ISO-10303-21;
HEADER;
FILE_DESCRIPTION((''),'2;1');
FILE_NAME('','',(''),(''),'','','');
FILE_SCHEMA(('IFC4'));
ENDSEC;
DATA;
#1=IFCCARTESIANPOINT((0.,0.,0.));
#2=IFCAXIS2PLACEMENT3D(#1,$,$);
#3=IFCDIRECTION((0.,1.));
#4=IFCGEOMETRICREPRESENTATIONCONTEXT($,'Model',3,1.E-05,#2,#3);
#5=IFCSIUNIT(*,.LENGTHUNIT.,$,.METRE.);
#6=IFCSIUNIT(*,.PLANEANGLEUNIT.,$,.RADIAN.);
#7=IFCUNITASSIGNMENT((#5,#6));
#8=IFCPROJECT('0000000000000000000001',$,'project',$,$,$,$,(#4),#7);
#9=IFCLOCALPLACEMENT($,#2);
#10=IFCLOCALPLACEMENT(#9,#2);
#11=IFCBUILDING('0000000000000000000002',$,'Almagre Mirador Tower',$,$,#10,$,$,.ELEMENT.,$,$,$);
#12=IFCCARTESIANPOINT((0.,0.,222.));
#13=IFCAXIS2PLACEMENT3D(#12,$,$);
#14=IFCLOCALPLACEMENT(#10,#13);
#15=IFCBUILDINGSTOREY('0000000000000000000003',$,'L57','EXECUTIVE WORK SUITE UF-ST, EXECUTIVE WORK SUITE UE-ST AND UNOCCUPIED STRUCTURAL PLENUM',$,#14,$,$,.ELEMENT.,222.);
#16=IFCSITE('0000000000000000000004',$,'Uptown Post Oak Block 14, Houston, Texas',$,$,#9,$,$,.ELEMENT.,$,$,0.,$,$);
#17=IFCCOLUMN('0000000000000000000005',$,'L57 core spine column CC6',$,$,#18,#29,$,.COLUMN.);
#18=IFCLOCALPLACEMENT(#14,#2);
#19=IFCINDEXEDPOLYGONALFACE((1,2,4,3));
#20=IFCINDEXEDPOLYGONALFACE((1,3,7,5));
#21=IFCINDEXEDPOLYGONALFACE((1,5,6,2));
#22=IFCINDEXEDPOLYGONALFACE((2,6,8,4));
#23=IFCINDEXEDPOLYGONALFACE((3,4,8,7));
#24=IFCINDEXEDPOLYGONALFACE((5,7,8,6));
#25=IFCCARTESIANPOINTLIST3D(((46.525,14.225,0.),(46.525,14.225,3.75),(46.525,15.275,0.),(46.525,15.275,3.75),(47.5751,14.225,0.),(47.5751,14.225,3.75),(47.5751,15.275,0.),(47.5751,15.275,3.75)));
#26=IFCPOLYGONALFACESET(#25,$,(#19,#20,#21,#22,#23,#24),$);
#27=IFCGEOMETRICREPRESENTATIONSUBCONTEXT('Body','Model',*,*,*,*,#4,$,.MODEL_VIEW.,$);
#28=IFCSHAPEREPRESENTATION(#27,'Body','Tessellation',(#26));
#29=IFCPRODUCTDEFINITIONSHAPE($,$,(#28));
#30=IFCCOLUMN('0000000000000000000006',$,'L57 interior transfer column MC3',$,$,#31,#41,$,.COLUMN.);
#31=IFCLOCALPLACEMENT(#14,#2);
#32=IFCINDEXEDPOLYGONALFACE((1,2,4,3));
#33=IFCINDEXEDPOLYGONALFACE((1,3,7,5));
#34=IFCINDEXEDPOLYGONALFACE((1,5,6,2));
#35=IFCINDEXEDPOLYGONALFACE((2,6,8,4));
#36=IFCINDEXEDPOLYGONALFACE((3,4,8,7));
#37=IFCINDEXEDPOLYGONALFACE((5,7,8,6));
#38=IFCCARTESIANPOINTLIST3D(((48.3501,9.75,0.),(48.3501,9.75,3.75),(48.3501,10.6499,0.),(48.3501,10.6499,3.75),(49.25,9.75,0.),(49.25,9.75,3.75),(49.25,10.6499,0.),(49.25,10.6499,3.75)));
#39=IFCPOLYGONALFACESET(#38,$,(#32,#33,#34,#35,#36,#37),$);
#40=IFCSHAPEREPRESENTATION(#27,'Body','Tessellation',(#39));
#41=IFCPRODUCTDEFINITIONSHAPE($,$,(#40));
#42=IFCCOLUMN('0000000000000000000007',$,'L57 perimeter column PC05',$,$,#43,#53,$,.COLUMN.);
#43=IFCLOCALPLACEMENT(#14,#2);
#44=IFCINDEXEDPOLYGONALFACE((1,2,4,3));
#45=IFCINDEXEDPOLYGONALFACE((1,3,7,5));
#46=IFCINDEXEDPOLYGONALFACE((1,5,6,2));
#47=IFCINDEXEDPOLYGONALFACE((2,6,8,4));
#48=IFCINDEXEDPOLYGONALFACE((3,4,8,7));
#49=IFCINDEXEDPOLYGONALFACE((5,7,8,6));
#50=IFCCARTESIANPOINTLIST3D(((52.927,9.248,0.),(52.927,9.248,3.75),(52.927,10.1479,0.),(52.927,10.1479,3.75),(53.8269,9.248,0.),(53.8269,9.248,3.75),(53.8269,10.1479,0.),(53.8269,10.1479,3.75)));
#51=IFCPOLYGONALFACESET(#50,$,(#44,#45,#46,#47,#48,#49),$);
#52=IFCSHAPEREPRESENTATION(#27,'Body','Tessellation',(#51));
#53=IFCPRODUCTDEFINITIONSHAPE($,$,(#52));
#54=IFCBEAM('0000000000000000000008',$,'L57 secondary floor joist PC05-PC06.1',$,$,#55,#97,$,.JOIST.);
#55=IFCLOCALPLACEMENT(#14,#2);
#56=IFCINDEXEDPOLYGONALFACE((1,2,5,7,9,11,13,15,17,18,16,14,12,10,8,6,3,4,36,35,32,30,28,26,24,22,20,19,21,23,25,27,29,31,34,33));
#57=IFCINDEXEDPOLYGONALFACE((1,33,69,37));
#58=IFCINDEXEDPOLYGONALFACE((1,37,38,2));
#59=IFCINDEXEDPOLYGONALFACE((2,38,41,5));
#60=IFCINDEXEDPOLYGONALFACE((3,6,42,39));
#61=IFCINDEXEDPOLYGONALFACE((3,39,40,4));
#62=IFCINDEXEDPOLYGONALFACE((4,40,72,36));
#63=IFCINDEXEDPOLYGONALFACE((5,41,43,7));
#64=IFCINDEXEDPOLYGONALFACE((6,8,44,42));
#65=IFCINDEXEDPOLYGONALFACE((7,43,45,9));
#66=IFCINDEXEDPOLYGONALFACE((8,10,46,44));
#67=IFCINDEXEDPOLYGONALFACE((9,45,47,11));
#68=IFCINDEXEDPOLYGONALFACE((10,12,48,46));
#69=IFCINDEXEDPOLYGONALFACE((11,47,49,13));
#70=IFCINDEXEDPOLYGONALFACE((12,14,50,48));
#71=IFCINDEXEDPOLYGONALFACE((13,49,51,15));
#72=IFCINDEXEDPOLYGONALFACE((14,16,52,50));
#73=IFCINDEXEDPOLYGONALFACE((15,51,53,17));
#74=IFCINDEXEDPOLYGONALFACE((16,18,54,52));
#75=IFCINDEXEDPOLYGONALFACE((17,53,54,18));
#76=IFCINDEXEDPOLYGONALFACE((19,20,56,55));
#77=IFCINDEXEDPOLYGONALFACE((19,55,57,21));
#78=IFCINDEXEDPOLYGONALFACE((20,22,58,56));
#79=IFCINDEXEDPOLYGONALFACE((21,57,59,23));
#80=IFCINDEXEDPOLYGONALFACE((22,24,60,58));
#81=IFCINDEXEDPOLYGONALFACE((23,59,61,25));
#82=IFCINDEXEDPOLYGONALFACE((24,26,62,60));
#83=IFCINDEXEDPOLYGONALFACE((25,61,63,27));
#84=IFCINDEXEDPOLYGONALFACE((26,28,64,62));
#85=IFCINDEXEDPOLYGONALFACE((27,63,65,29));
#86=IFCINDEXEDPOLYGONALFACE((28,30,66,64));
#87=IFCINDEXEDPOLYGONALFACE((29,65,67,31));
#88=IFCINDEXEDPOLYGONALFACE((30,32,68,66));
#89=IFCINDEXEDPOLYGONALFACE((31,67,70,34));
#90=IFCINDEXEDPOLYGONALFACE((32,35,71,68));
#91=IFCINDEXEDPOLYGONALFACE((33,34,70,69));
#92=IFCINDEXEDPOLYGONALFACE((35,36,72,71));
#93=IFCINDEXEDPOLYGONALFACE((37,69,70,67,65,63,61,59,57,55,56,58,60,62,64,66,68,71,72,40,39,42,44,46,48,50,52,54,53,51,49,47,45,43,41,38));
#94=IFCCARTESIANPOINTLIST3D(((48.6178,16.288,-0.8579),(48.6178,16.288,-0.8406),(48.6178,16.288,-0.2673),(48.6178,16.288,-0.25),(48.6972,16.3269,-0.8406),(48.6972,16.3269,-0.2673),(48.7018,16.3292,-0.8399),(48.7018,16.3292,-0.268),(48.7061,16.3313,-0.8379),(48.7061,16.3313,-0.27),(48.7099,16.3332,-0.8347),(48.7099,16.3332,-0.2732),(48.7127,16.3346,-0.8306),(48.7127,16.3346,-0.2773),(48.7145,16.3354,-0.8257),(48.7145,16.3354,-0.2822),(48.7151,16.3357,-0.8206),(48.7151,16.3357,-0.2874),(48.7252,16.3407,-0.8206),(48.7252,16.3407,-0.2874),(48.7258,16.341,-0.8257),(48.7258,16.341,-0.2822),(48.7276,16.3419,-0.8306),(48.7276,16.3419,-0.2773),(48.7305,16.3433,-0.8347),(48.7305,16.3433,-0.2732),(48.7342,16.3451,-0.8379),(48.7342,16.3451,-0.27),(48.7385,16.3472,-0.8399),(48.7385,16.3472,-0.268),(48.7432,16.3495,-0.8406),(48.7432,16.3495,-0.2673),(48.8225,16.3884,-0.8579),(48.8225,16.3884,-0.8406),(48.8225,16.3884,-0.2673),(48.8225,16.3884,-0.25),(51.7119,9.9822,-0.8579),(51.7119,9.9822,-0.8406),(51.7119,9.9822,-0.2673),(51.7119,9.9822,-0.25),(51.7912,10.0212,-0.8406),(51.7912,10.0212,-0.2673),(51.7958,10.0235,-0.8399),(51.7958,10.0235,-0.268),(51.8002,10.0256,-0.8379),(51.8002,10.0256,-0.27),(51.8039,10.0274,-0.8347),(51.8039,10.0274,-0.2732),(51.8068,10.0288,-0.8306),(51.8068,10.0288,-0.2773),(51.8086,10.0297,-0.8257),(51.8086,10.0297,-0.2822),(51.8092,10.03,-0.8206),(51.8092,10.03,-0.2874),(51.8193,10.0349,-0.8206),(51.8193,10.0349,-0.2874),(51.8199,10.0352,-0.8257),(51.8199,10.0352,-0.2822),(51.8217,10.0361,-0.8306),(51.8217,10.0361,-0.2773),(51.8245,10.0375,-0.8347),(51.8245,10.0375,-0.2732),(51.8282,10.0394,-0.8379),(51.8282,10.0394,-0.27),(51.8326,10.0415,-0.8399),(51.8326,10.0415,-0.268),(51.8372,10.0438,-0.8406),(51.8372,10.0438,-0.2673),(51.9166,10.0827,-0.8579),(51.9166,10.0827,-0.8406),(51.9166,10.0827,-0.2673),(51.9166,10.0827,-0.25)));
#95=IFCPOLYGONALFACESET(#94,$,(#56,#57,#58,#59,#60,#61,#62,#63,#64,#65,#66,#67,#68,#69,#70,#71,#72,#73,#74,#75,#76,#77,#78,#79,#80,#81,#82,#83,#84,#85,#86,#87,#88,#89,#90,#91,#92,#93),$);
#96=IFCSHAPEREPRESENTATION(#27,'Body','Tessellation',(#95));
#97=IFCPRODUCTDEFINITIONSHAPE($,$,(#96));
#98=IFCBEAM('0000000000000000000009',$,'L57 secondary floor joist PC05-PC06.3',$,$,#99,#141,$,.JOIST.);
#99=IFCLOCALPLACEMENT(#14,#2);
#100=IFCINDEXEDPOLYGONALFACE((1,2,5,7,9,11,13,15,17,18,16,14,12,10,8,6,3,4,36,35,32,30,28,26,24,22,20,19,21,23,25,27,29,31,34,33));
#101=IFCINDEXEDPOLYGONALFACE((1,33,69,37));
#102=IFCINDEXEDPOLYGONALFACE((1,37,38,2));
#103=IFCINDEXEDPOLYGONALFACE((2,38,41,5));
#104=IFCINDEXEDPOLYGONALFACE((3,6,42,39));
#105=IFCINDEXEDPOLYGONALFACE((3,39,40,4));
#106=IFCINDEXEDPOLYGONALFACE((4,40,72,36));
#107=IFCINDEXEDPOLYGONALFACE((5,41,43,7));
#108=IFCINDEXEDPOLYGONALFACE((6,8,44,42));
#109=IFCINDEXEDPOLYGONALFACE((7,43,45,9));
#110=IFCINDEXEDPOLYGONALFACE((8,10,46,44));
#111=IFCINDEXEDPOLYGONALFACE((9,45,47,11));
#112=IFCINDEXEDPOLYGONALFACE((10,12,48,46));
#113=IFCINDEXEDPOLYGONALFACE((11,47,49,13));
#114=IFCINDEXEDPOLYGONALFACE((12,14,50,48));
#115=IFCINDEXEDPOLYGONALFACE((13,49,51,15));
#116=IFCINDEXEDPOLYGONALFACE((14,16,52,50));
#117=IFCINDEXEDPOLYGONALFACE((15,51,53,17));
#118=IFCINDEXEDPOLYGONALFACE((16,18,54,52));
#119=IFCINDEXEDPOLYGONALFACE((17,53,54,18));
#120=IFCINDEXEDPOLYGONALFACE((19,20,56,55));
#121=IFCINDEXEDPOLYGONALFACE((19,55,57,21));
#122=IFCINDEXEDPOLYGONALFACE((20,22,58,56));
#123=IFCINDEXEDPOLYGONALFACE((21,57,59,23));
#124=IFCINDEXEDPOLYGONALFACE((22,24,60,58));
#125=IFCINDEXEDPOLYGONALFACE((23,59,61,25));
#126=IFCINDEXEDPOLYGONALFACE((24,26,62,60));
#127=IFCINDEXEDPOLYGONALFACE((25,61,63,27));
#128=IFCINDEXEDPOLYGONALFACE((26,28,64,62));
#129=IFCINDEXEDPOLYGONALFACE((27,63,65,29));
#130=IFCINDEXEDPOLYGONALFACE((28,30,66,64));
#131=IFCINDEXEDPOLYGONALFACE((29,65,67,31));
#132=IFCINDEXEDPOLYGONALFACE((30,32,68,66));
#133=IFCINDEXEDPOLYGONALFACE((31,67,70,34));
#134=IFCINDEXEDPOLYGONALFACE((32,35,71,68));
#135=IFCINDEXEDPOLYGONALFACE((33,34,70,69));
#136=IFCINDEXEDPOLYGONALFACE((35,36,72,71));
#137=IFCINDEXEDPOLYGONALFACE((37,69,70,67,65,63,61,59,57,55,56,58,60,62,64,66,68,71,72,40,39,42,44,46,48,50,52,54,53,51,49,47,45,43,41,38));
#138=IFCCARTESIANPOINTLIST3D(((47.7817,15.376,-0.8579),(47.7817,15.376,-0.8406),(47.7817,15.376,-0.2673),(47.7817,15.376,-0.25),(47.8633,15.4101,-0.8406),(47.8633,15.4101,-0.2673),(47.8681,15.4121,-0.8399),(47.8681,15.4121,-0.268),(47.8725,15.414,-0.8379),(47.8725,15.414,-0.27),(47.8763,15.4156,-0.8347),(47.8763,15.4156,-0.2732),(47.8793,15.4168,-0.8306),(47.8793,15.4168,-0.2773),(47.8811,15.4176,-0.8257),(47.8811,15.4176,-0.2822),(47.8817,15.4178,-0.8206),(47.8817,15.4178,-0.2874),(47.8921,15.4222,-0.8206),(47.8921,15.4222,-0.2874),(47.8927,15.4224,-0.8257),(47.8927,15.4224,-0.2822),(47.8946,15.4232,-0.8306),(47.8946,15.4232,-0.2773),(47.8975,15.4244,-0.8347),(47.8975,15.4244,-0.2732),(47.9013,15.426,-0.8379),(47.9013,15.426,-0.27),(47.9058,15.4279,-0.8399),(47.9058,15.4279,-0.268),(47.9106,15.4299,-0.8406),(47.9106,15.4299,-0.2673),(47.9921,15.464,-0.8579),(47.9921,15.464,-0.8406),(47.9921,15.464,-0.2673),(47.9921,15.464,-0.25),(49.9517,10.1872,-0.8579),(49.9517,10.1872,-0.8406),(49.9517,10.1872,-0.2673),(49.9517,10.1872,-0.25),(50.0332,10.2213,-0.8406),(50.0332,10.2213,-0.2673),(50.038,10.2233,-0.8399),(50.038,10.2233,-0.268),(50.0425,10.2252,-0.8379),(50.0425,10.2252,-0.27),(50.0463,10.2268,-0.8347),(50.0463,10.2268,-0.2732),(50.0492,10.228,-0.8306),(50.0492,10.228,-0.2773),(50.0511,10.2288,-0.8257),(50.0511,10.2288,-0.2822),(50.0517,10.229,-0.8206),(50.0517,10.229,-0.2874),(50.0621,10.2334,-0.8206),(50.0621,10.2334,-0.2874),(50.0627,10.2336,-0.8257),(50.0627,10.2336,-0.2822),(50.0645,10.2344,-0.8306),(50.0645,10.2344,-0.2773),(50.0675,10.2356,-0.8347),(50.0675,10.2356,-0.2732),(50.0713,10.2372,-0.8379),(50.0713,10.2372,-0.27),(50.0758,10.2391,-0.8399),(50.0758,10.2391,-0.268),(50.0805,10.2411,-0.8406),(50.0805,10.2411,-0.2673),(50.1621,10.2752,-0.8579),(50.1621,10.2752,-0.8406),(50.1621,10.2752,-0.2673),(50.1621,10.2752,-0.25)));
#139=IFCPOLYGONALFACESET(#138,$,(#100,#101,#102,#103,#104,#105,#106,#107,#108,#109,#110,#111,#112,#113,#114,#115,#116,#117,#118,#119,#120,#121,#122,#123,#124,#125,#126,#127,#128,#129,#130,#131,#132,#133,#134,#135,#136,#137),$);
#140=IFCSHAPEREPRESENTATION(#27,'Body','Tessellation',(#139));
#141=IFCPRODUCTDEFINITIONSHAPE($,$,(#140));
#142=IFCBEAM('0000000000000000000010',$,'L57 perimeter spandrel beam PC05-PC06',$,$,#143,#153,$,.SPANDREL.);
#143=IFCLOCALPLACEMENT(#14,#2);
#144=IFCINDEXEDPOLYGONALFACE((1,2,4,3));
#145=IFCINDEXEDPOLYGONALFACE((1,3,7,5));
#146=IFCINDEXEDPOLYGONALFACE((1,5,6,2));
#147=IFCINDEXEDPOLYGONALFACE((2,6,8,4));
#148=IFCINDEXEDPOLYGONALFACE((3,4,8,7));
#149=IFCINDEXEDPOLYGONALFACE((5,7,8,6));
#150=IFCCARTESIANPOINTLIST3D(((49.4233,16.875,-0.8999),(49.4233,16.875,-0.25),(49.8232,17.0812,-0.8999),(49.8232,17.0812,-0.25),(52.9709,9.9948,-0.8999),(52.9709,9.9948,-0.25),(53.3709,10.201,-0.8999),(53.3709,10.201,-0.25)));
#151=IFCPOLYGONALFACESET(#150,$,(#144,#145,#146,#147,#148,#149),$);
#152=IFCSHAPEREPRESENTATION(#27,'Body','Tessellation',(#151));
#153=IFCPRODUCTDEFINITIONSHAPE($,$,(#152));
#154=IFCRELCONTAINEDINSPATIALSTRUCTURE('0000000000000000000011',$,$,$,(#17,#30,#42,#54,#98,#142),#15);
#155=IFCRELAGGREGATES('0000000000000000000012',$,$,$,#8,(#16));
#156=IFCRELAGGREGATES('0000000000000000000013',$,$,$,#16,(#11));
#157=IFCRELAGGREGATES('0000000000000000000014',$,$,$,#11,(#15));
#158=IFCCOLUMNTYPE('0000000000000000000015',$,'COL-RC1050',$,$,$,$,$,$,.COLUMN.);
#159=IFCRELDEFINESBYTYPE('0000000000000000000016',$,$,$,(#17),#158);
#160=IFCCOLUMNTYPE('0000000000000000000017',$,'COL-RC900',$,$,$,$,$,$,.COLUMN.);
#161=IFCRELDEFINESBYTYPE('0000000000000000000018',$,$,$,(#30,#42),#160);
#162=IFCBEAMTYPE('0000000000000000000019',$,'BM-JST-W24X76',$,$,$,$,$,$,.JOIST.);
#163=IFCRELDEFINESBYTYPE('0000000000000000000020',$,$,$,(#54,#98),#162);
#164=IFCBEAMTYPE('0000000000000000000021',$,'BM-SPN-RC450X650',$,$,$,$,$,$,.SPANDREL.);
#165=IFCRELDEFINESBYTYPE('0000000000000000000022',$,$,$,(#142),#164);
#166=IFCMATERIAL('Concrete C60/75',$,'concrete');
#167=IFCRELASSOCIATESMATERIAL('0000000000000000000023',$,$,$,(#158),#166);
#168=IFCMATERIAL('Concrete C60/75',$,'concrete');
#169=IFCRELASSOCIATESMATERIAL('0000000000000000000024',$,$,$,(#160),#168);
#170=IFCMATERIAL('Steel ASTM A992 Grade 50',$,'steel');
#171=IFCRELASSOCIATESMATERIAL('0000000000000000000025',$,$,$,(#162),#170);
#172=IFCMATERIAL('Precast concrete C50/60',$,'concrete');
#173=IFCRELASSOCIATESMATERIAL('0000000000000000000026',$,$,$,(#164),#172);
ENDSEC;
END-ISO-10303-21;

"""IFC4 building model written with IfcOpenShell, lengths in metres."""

from ifc_helpers import new_model, si_unit, direction, frame, origin, origin_2d, place, context, subcontext, project, spatial, rectangle, i_section, extrude, material, material_profile, profile_set, type_object, element, save


model = new_model("IFC4")

# Units and contexts
model_context = context("Model", 3, precision=1e-05, world=origin(), true_north=direction((0.0, 1.0)))
body_context = subcontext(model_context, "Body", "Model", "MODEL_VIEW")
ifc_project = project(units=[si_unit("LENGTHUNIT", "METRE"), si_unit("PLANEANGLEUNIT", "RADIAN")], contexts=[model_context])

# Site, building, storey
site_placement = place(None, origin())
site = spatial("IfcSite", under=ifc_project, at=site_placement, Name="Uptown Post Oak Block 14, Houston, Texas", CompositionType="ELEMENT", RefElevation=0.0)
building_placement = place(site_placement, origin())
building = spatial("IfcBuilding", under=site, at=building_placement, Name="Almagre Mirador Tower", CompositionType="ELEMENT")
storey_placement = place(building_placement, frame((0.0, 0.0, 222.0)))
storey = spatial("IfcBuildingStorey", under=building, at=storey_placement, Name="L57", Description="EXECUTIVE WORK SUITE UF-ST, EXECUTIVE WORK SUITE UE-ST AND UNOCCUPIED STRUCTURAL PLENUM", CompositionType="ELEMENT", Elevation=222.0)

# Columns
ifc_material_1 = material(Name="Concrete C60/75", Category="concrete")
ifc_material_profile_1 = material_profile(ifc_material_1, rectangle(XDim=1.05, YDim=1.05, at=origin_2d()), Name="RC1050X1050")
ifc_profile_set_1 = profile_set([ifc_material_profile_1], Name="Concrete C60/75")
column_type_1 = type_object("IfcColumnType", Name="COL-RC1050", PredefinedType="COLUMN", material=ifc_profile_set_1)
column_placement = place(storey_placement, frame((47.05, 14.75, 0.0), z_axis=(0.0, 0.0, 1.0), x_axis=(1.0, 0.0, 0.0)))
element("IfcColumn", 1, at=column_placement, inside=storey, type_object=column_type_1, Name="L57 core spine column CC6", PredefinedType="COLUMN", context=body_context, shape_type="SweptSolid", body=[
    extrude(rectangle(XDim=1.05, YDim=1.05, at=origin_2d()), origin(), (0.0, 0.0, 1.0), 3.75),
])
ifc_material_2 = material(Name="Concrete C60/75", Category="concrete")
ifc_material_profile_2 = material_profile(ifc_material_2, rectangle(XDim=0.8999, YDim=0.8999, at=origin_2d()), Name="RC900X900")
ifc_profile_set_2 = profile_set([ifc_material_profile_2], Name="Concrete C60/75")
column_type_2 = type_object("IfcColumnType", Name="COL-RC900", PredefinedType="COLUMN", material=ifc_profile_set_2)
for number, where, z_axis, x_axis, name in (
    (2, (48.8, 10.2, 0.0), (0.0, 0.0, 1.0), (1.0, 0.0, 0.0), "L57 interior transfer column MC3"),
    (3, (53.377, 9.698, 0.0), (0.0, 0.0, 1.0), (1.0, 0.0, 0.0), "L57 perimeter column PC05"),
):
    element("IfcColumn", number, at=place(storey_placement, frame(where, z_axis=z_axis, x_axis=x_axis)), inside=storey, type_object=column_type_2, Name=name, PredefinedType="COLUMN", context=body_context, shape_type="SweptSolid", body=[
        extrude(rectangle(XDim=0.8999, YDim=0.8999, at=origin_2d()), origin(), (0.0, 0.0, 1.0), 3.75),
    ])

# Beams
ifc_material_3 = material(Name="Steel ASTM A992 Grade 50", Category="steel")
ifc_material_profile_3 = material_profile(ifc_material_3, i_section(OverallWidth=0.228, OverallDepth=0.6079, WebThickness=0.0112, FlangeThickness=0.0173, FilletRadius=0.02, at=origin_2d()), Name="W24X76")
ifc_profile_set_3 = profile_set([ifc_material_profile_3], Name="Steel ASTM A992 Grade 50")
beam_type_1 = type_object("IfcBeamType", Name="BM-JST-W24X76", PredefinedType="JOIST", material=ifc_profile_set_3)
beam_1_placement = place(storey_placement, frame((51.8142, 10.0325, -0.554), z_axis=(-0.4405, 0.897753, 0.0), x_axis=(-0.897753, -0.4405, 0.0)))
element("IfcBeam", 4, at=beam_1_placement, inside=storey, type_object=beam_type_1, Name="L57 secondary floor joist PC05-PC06.1", PredefinedType="JOIST", context=body_context, shape_type="SweptSolid", body=[
    extrude(i_section(OverallWidth=0.228, OverallDepth=0.6079, WebThickness=0.0112, FlangeThickness=0.0173, FilletRadius=0.02, at=origin_2d()), origin(), (0.0, 0.0, 1.0), 7.0239),
])
beam_2_placement = place(storey_placement, frame((50.0569, 10.2312, -0.554), z_axis=(-0.38582, 0.922574, 0.0), x_axis=(-0.922574, -0.38582, 0.0)))
element("IfcBeam", 5, at=beam_2_placement, inside=storey, type_object=beam_type_1, Name="L57 secondary floor joist PC05-PC06.3", PredefinedType="JOIST", context=body_context, shape_type="SweptSolid", body=[
    extrude(i_section(OverallWidth=0.228, OverallDepth=0.6079, WebThickness=0.0112, FlangeThickness=0.0173, FilletRadius=0.02, at=origin_2d()), origin(), (0.0, 0.0, 1.0), 5.6243),
])
ifc_material_4 = material(Name="Precast concrete C50/60", Category="concrete")
ifc_material_profile_4 = material_profile(ifc_material_4, rectangle(XDim=0.45, YDim=0.6499, at=origin_2d()), Name="RC450X650")
ifc_profile_set_4 = profile_set([ifc_material_profile_4], Name="Precast concrete C50/60")
beam_type_2 = type_object("IfcBeamType", Name="BM-SPN-RC450X650", PredefinedType="SPANDREL", material=ifc_profile_set_4)
beam_3_placement = place(storey_placement, frame((53.1709, 10.0979, -0.575), z_axis=(-0.458293, 0.888801, 0.0), x_axis=(-0.888801, -0.458293, 0.0)))
element("IfcBeam", 6, at=beam_3_placement, inside=storey, type_object=beam_type_2, Name="L57 perimeter spandrel beam PC05-PC06", PredefinedType="SPANDREL", context=body_context, shape_type="SweptSolid", body=[
    extrude(rectangle(XDim=0.45, YDim=0.6499, at=origin_2d()), origin(), (0.0, 0.0, 1.0), 7.741),
])

save(model, "model.ifc")
